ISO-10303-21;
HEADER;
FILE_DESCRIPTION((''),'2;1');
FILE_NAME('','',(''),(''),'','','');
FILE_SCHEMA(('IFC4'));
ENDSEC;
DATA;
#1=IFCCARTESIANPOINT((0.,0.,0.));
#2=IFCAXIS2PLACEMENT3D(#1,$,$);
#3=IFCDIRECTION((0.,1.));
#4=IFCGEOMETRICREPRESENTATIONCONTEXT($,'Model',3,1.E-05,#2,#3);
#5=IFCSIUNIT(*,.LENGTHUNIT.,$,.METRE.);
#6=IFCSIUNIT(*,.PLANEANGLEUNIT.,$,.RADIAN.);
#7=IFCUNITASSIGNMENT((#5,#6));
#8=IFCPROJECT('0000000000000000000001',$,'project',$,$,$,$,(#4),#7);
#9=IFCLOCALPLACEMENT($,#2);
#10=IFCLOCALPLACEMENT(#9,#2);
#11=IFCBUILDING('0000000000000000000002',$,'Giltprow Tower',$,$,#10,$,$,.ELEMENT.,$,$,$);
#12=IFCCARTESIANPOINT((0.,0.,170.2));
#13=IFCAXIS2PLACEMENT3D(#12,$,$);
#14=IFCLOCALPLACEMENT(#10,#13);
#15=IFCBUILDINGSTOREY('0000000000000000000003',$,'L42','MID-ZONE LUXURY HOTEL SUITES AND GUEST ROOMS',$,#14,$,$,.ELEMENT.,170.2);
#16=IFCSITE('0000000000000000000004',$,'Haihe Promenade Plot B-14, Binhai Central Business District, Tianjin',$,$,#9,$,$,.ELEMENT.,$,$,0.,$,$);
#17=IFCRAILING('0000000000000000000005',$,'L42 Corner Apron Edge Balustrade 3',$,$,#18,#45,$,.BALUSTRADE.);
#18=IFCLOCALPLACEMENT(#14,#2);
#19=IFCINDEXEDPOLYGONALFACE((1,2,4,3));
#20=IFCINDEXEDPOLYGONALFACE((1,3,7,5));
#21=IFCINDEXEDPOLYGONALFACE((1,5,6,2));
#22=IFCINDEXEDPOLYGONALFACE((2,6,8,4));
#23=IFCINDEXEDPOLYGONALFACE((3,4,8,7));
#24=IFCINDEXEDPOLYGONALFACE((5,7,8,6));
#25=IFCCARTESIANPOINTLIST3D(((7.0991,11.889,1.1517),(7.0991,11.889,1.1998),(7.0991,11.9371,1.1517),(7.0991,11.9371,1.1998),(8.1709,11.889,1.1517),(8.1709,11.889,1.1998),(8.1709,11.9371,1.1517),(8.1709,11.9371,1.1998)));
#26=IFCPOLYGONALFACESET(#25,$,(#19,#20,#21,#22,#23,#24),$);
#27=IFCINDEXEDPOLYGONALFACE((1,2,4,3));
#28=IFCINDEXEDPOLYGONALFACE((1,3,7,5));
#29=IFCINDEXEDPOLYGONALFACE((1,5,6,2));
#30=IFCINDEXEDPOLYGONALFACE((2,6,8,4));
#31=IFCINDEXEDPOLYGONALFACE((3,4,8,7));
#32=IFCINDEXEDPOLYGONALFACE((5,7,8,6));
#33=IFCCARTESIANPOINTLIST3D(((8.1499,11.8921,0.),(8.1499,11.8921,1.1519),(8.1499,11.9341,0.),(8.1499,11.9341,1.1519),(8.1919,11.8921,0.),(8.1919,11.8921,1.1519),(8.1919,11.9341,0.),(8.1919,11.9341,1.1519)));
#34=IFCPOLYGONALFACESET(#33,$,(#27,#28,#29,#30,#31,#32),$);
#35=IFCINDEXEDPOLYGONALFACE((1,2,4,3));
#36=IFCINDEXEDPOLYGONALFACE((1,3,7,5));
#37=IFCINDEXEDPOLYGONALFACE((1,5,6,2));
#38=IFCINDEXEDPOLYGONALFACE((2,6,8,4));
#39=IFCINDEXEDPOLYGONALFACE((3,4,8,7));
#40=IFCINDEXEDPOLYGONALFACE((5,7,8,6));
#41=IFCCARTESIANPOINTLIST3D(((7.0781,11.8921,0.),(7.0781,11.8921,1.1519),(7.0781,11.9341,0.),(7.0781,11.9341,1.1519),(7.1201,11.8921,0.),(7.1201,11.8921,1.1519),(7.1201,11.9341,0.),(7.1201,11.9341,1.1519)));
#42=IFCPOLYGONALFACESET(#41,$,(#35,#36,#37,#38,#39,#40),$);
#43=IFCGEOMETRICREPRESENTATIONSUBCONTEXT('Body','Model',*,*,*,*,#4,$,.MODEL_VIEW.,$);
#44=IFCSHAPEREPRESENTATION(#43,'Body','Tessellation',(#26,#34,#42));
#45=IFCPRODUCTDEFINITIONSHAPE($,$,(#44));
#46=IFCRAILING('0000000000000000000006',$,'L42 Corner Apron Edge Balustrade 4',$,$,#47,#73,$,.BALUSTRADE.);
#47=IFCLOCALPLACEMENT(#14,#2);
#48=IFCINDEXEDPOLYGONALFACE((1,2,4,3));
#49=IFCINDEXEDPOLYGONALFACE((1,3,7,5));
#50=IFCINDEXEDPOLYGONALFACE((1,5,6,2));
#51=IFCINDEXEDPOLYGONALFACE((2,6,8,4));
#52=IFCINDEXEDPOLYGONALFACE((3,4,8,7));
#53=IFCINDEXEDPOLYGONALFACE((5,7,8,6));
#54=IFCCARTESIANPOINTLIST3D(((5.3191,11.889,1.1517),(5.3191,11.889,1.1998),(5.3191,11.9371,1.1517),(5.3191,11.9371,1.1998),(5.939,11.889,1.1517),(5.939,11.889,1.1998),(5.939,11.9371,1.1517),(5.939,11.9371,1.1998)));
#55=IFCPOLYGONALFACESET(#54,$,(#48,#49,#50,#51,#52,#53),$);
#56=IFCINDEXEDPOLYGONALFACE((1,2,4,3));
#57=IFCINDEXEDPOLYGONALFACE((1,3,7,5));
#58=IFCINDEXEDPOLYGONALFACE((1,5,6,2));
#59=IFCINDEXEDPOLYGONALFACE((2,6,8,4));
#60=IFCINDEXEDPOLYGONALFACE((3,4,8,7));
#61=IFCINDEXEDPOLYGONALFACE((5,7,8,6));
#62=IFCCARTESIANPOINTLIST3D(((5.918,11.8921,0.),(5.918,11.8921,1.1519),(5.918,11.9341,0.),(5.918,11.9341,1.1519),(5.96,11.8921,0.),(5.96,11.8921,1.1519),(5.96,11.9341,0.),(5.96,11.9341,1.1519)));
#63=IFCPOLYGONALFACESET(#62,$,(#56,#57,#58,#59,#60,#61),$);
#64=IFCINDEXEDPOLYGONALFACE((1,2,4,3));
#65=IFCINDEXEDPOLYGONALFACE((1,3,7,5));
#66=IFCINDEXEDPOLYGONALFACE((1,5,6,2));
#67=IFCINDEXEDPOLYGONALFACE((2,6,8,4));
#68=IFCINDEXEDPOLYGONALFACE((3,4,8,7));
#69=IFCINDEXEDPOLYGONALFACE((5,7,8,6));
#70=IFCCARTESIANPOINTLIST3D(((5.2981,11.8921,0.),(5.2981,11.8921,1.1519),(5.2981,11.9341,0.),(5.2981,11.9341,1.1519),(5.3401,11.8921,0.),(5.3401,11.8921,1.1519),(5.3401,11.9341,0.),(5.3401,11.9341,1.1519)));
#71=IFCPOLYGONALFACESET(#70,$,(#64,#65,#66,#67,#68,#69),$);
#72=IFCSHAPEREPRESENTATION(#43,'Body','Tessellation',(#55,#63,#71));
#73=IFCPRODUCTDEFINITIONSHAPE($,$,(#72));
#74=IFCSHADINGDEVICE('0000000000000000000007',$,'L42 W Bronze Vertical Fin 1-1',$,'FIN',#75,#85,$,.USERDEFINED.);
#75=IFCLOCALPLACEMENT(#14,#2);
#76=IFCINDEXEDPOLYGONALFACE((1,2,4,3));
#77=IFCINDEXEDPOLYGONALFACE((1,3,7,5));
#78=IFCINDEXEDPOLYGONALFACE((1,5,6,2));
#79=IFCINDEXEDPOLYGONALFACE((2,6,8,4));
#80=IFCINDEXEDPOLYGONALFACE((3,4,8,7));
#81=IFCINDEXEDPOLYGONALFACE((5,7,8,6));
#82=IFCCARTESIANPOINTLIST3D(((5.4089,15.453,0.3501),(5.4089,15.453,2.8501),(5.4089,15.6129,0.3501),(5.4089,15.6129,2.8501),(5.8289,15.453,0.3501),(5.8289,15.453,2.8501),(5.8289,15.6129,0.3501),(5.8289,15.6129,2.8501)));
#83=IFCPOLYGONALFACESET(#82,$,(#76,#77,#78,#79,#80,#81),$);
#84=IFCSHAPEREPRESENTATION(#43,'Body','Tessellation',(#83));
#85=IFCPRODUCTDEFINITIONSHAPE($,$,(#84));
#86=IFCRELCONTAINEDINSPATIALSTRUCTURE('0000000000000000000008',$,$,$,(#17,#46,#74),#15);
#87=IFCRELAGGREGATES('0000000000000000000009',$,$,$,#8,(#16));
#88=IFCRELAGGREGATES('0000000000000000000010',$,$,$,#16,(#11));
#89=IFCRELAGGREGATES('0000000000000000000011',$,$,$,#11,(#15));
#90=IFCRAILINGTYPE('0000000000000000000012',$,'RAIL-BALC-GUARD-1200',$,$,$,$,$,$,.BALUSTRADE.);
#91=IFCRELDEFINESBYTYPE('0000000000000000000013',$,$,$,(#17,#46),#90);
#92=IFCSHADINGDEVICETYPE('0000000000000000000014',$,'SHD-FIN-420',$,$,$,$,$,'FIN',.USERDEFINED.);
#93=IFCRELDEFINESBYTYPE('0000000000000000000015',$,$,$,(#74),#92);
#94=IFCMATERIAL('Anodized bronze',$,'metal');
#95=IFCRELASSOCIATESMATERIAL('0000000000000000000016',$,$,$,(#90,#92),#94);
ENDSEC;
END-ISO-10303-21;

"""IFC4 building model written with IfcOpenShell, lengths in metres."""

from ifc_helpers import new_model, si_unit, direction, frame, origin, origin_2d, place, context, subcontext, project, spatial, rectangle, extrude, source, transform, mapped, material, type_object, element, save


model = new_model("IFC4")

# Units and contexts
model_context = context("Model", 3, precision=1e-05, world=origin(), true_north=direction((0.0, 1.0)))
body_context = subcontext(model_context, "Body", "Model", "MODEL_VIEW")
ifc_project = project(units=[si_unit("LENGTHUNIT", "METRE"), si_unit("PLANEANGLEUNIT", "RADIAN")], contexts=[model_context])

# Site, building, storey
site_placement = place(None, origin())
site = spatial("IfcSite", under=ifc_project, at=site_placement, Name="Haihe Promenade Plot B-14, Binhai Central Business District, Tianjin", CompositionType="ELEMENT", RefElevation=0.0)
building_placement = place(site_placement, origin())
building = spatial("IfcBuilding", under=site, at=building_placement, Name="Giltprow Tower", CompositionType="ELEMENT")
storey_placement = place(building_placement, frame((0.0, 0.0, 170.2)))
storey = spatial("IfcBuildingStorey", under=building, at=storey_placement, Name="L42", Description="MID-ZONE LUXURY HOTEL SUITES AND GUEST ROOMS", CompositionType="ELEMENT", Elevation=170.2)

# Shared definitions
ifc_material_1 = material(Name="Anodized bronze", Category="metal")

# Railings
railing_type = type_object("IfcRailingType", Name="RAIL-BALC-GUARD-1200", PredefinedType="BALUSTRADE", material=ifc_material_1)
railing_1_placement = place(storey_placement, frame((8.1709, 11.9131, 0.0)))
element("IfcRailing", 1, at=railing_1_placement, inside=storey, type_object=railing_type, Name="L42 Corner Apron Edge Balustrade 3", PredefinedType="BALUSTRADE", context=body_context, shape_type="SweptSolid", body=[
    extrude(rectangle(XDim=0.0481, YDim=0.0481, at=origin_2d()), frame((0.0, 0.0, 1.1758), z_axis=(-1.0, 0.0, 0.0), x_axis=(0.0, -1.0, 0.0)), (0.0, 0.0, 1.0), 1.0718),
    extrude(rectangle(XDim=0.042, YDim=0.042, at=origin_2d()), origin(), (0.0, 0.0, 1.0), 1.1519),
    extrude(rectangle(XDim=0.042, YDim=0.042, at=origin_2d()), frame((-1.0718, 0.0, 0.0)), (0.0, 0.0, 1.0), 1.1519),
])
railing_2_placement = place(storey_placement, frame((5.939, 11.9131, 0.0)))
element("IfcRailing", 2, at=railing_2_placement, inside=storey, type_object=railing_type, Name="L42 Corner Apron Edge Balustrade 4", PredefinedType="BALUSTRADE", context=body_context, shape_type="SweptSolid", body=[
    extrude(rectangle(XDim=0.0481, YDim=0.0481, at=origin_2d()), frame((0.0, 0.0, 1.1758), z_axis=(-1.0, 0.0, 0.0), x_axis=(0.0, -1.0, 0.0)), (0.0, 0.0, 1.0), 0.6199),
    extrude(rectangle(XDim=0.042, YDim=0.042, at=origin_2d()), origin(), (0.0, 0.0, 1.0), 1.1519),
    extrude(rectangle(XDim=0.042, YDim=0.042, at=origin_2d()), frame((-0.6199, 0.0, 0.0)), (0.0, 0.0, 1.0), 1.1519),
])

# Shading device
shading_device_type = type_object("IfcShadingDeviceType", Name="SHD-FIN-420", ElementType="FIN", PredefinedType="USERDEFINED", material=ifc_material_1)
shared_shape_1 = source(origin(), body_context, "Body", "SweptSolid", [
    extrude(rectangle(XDim=0.4199, YDim=0.1599, at=origin_2d()), origin(), (0.0, 0.0, 1.0), 2.5),
])
shading_device_placement = place(storey_placement, frame((5.6189, 15.533, 0.3501), z_axis=(0.0, 0.0, 1.0), x_axis=(1.0, 0.0, 0.0)))
element("IfcShadingDevice", 3, at=shading_device_placement, inside=storey, type_object=shading_device_type, Name="L42 W Bronze Vertical Fin 1-1", ObjectType="FIN", PredefinedType="USERDEFINED", context=body_context, shape_type="MappedRepresentation", body=[
    mapped(shared_shape_1, transform((0.0, 0.0, 0.0), x_axis=(1.0, 0.0, 0.0), y_axis=(0.0, 1.0, 0.0), z_axis=(0.0, 0.0, 1.0), scale=1.0)),
])

save(model, "model.ifc")
